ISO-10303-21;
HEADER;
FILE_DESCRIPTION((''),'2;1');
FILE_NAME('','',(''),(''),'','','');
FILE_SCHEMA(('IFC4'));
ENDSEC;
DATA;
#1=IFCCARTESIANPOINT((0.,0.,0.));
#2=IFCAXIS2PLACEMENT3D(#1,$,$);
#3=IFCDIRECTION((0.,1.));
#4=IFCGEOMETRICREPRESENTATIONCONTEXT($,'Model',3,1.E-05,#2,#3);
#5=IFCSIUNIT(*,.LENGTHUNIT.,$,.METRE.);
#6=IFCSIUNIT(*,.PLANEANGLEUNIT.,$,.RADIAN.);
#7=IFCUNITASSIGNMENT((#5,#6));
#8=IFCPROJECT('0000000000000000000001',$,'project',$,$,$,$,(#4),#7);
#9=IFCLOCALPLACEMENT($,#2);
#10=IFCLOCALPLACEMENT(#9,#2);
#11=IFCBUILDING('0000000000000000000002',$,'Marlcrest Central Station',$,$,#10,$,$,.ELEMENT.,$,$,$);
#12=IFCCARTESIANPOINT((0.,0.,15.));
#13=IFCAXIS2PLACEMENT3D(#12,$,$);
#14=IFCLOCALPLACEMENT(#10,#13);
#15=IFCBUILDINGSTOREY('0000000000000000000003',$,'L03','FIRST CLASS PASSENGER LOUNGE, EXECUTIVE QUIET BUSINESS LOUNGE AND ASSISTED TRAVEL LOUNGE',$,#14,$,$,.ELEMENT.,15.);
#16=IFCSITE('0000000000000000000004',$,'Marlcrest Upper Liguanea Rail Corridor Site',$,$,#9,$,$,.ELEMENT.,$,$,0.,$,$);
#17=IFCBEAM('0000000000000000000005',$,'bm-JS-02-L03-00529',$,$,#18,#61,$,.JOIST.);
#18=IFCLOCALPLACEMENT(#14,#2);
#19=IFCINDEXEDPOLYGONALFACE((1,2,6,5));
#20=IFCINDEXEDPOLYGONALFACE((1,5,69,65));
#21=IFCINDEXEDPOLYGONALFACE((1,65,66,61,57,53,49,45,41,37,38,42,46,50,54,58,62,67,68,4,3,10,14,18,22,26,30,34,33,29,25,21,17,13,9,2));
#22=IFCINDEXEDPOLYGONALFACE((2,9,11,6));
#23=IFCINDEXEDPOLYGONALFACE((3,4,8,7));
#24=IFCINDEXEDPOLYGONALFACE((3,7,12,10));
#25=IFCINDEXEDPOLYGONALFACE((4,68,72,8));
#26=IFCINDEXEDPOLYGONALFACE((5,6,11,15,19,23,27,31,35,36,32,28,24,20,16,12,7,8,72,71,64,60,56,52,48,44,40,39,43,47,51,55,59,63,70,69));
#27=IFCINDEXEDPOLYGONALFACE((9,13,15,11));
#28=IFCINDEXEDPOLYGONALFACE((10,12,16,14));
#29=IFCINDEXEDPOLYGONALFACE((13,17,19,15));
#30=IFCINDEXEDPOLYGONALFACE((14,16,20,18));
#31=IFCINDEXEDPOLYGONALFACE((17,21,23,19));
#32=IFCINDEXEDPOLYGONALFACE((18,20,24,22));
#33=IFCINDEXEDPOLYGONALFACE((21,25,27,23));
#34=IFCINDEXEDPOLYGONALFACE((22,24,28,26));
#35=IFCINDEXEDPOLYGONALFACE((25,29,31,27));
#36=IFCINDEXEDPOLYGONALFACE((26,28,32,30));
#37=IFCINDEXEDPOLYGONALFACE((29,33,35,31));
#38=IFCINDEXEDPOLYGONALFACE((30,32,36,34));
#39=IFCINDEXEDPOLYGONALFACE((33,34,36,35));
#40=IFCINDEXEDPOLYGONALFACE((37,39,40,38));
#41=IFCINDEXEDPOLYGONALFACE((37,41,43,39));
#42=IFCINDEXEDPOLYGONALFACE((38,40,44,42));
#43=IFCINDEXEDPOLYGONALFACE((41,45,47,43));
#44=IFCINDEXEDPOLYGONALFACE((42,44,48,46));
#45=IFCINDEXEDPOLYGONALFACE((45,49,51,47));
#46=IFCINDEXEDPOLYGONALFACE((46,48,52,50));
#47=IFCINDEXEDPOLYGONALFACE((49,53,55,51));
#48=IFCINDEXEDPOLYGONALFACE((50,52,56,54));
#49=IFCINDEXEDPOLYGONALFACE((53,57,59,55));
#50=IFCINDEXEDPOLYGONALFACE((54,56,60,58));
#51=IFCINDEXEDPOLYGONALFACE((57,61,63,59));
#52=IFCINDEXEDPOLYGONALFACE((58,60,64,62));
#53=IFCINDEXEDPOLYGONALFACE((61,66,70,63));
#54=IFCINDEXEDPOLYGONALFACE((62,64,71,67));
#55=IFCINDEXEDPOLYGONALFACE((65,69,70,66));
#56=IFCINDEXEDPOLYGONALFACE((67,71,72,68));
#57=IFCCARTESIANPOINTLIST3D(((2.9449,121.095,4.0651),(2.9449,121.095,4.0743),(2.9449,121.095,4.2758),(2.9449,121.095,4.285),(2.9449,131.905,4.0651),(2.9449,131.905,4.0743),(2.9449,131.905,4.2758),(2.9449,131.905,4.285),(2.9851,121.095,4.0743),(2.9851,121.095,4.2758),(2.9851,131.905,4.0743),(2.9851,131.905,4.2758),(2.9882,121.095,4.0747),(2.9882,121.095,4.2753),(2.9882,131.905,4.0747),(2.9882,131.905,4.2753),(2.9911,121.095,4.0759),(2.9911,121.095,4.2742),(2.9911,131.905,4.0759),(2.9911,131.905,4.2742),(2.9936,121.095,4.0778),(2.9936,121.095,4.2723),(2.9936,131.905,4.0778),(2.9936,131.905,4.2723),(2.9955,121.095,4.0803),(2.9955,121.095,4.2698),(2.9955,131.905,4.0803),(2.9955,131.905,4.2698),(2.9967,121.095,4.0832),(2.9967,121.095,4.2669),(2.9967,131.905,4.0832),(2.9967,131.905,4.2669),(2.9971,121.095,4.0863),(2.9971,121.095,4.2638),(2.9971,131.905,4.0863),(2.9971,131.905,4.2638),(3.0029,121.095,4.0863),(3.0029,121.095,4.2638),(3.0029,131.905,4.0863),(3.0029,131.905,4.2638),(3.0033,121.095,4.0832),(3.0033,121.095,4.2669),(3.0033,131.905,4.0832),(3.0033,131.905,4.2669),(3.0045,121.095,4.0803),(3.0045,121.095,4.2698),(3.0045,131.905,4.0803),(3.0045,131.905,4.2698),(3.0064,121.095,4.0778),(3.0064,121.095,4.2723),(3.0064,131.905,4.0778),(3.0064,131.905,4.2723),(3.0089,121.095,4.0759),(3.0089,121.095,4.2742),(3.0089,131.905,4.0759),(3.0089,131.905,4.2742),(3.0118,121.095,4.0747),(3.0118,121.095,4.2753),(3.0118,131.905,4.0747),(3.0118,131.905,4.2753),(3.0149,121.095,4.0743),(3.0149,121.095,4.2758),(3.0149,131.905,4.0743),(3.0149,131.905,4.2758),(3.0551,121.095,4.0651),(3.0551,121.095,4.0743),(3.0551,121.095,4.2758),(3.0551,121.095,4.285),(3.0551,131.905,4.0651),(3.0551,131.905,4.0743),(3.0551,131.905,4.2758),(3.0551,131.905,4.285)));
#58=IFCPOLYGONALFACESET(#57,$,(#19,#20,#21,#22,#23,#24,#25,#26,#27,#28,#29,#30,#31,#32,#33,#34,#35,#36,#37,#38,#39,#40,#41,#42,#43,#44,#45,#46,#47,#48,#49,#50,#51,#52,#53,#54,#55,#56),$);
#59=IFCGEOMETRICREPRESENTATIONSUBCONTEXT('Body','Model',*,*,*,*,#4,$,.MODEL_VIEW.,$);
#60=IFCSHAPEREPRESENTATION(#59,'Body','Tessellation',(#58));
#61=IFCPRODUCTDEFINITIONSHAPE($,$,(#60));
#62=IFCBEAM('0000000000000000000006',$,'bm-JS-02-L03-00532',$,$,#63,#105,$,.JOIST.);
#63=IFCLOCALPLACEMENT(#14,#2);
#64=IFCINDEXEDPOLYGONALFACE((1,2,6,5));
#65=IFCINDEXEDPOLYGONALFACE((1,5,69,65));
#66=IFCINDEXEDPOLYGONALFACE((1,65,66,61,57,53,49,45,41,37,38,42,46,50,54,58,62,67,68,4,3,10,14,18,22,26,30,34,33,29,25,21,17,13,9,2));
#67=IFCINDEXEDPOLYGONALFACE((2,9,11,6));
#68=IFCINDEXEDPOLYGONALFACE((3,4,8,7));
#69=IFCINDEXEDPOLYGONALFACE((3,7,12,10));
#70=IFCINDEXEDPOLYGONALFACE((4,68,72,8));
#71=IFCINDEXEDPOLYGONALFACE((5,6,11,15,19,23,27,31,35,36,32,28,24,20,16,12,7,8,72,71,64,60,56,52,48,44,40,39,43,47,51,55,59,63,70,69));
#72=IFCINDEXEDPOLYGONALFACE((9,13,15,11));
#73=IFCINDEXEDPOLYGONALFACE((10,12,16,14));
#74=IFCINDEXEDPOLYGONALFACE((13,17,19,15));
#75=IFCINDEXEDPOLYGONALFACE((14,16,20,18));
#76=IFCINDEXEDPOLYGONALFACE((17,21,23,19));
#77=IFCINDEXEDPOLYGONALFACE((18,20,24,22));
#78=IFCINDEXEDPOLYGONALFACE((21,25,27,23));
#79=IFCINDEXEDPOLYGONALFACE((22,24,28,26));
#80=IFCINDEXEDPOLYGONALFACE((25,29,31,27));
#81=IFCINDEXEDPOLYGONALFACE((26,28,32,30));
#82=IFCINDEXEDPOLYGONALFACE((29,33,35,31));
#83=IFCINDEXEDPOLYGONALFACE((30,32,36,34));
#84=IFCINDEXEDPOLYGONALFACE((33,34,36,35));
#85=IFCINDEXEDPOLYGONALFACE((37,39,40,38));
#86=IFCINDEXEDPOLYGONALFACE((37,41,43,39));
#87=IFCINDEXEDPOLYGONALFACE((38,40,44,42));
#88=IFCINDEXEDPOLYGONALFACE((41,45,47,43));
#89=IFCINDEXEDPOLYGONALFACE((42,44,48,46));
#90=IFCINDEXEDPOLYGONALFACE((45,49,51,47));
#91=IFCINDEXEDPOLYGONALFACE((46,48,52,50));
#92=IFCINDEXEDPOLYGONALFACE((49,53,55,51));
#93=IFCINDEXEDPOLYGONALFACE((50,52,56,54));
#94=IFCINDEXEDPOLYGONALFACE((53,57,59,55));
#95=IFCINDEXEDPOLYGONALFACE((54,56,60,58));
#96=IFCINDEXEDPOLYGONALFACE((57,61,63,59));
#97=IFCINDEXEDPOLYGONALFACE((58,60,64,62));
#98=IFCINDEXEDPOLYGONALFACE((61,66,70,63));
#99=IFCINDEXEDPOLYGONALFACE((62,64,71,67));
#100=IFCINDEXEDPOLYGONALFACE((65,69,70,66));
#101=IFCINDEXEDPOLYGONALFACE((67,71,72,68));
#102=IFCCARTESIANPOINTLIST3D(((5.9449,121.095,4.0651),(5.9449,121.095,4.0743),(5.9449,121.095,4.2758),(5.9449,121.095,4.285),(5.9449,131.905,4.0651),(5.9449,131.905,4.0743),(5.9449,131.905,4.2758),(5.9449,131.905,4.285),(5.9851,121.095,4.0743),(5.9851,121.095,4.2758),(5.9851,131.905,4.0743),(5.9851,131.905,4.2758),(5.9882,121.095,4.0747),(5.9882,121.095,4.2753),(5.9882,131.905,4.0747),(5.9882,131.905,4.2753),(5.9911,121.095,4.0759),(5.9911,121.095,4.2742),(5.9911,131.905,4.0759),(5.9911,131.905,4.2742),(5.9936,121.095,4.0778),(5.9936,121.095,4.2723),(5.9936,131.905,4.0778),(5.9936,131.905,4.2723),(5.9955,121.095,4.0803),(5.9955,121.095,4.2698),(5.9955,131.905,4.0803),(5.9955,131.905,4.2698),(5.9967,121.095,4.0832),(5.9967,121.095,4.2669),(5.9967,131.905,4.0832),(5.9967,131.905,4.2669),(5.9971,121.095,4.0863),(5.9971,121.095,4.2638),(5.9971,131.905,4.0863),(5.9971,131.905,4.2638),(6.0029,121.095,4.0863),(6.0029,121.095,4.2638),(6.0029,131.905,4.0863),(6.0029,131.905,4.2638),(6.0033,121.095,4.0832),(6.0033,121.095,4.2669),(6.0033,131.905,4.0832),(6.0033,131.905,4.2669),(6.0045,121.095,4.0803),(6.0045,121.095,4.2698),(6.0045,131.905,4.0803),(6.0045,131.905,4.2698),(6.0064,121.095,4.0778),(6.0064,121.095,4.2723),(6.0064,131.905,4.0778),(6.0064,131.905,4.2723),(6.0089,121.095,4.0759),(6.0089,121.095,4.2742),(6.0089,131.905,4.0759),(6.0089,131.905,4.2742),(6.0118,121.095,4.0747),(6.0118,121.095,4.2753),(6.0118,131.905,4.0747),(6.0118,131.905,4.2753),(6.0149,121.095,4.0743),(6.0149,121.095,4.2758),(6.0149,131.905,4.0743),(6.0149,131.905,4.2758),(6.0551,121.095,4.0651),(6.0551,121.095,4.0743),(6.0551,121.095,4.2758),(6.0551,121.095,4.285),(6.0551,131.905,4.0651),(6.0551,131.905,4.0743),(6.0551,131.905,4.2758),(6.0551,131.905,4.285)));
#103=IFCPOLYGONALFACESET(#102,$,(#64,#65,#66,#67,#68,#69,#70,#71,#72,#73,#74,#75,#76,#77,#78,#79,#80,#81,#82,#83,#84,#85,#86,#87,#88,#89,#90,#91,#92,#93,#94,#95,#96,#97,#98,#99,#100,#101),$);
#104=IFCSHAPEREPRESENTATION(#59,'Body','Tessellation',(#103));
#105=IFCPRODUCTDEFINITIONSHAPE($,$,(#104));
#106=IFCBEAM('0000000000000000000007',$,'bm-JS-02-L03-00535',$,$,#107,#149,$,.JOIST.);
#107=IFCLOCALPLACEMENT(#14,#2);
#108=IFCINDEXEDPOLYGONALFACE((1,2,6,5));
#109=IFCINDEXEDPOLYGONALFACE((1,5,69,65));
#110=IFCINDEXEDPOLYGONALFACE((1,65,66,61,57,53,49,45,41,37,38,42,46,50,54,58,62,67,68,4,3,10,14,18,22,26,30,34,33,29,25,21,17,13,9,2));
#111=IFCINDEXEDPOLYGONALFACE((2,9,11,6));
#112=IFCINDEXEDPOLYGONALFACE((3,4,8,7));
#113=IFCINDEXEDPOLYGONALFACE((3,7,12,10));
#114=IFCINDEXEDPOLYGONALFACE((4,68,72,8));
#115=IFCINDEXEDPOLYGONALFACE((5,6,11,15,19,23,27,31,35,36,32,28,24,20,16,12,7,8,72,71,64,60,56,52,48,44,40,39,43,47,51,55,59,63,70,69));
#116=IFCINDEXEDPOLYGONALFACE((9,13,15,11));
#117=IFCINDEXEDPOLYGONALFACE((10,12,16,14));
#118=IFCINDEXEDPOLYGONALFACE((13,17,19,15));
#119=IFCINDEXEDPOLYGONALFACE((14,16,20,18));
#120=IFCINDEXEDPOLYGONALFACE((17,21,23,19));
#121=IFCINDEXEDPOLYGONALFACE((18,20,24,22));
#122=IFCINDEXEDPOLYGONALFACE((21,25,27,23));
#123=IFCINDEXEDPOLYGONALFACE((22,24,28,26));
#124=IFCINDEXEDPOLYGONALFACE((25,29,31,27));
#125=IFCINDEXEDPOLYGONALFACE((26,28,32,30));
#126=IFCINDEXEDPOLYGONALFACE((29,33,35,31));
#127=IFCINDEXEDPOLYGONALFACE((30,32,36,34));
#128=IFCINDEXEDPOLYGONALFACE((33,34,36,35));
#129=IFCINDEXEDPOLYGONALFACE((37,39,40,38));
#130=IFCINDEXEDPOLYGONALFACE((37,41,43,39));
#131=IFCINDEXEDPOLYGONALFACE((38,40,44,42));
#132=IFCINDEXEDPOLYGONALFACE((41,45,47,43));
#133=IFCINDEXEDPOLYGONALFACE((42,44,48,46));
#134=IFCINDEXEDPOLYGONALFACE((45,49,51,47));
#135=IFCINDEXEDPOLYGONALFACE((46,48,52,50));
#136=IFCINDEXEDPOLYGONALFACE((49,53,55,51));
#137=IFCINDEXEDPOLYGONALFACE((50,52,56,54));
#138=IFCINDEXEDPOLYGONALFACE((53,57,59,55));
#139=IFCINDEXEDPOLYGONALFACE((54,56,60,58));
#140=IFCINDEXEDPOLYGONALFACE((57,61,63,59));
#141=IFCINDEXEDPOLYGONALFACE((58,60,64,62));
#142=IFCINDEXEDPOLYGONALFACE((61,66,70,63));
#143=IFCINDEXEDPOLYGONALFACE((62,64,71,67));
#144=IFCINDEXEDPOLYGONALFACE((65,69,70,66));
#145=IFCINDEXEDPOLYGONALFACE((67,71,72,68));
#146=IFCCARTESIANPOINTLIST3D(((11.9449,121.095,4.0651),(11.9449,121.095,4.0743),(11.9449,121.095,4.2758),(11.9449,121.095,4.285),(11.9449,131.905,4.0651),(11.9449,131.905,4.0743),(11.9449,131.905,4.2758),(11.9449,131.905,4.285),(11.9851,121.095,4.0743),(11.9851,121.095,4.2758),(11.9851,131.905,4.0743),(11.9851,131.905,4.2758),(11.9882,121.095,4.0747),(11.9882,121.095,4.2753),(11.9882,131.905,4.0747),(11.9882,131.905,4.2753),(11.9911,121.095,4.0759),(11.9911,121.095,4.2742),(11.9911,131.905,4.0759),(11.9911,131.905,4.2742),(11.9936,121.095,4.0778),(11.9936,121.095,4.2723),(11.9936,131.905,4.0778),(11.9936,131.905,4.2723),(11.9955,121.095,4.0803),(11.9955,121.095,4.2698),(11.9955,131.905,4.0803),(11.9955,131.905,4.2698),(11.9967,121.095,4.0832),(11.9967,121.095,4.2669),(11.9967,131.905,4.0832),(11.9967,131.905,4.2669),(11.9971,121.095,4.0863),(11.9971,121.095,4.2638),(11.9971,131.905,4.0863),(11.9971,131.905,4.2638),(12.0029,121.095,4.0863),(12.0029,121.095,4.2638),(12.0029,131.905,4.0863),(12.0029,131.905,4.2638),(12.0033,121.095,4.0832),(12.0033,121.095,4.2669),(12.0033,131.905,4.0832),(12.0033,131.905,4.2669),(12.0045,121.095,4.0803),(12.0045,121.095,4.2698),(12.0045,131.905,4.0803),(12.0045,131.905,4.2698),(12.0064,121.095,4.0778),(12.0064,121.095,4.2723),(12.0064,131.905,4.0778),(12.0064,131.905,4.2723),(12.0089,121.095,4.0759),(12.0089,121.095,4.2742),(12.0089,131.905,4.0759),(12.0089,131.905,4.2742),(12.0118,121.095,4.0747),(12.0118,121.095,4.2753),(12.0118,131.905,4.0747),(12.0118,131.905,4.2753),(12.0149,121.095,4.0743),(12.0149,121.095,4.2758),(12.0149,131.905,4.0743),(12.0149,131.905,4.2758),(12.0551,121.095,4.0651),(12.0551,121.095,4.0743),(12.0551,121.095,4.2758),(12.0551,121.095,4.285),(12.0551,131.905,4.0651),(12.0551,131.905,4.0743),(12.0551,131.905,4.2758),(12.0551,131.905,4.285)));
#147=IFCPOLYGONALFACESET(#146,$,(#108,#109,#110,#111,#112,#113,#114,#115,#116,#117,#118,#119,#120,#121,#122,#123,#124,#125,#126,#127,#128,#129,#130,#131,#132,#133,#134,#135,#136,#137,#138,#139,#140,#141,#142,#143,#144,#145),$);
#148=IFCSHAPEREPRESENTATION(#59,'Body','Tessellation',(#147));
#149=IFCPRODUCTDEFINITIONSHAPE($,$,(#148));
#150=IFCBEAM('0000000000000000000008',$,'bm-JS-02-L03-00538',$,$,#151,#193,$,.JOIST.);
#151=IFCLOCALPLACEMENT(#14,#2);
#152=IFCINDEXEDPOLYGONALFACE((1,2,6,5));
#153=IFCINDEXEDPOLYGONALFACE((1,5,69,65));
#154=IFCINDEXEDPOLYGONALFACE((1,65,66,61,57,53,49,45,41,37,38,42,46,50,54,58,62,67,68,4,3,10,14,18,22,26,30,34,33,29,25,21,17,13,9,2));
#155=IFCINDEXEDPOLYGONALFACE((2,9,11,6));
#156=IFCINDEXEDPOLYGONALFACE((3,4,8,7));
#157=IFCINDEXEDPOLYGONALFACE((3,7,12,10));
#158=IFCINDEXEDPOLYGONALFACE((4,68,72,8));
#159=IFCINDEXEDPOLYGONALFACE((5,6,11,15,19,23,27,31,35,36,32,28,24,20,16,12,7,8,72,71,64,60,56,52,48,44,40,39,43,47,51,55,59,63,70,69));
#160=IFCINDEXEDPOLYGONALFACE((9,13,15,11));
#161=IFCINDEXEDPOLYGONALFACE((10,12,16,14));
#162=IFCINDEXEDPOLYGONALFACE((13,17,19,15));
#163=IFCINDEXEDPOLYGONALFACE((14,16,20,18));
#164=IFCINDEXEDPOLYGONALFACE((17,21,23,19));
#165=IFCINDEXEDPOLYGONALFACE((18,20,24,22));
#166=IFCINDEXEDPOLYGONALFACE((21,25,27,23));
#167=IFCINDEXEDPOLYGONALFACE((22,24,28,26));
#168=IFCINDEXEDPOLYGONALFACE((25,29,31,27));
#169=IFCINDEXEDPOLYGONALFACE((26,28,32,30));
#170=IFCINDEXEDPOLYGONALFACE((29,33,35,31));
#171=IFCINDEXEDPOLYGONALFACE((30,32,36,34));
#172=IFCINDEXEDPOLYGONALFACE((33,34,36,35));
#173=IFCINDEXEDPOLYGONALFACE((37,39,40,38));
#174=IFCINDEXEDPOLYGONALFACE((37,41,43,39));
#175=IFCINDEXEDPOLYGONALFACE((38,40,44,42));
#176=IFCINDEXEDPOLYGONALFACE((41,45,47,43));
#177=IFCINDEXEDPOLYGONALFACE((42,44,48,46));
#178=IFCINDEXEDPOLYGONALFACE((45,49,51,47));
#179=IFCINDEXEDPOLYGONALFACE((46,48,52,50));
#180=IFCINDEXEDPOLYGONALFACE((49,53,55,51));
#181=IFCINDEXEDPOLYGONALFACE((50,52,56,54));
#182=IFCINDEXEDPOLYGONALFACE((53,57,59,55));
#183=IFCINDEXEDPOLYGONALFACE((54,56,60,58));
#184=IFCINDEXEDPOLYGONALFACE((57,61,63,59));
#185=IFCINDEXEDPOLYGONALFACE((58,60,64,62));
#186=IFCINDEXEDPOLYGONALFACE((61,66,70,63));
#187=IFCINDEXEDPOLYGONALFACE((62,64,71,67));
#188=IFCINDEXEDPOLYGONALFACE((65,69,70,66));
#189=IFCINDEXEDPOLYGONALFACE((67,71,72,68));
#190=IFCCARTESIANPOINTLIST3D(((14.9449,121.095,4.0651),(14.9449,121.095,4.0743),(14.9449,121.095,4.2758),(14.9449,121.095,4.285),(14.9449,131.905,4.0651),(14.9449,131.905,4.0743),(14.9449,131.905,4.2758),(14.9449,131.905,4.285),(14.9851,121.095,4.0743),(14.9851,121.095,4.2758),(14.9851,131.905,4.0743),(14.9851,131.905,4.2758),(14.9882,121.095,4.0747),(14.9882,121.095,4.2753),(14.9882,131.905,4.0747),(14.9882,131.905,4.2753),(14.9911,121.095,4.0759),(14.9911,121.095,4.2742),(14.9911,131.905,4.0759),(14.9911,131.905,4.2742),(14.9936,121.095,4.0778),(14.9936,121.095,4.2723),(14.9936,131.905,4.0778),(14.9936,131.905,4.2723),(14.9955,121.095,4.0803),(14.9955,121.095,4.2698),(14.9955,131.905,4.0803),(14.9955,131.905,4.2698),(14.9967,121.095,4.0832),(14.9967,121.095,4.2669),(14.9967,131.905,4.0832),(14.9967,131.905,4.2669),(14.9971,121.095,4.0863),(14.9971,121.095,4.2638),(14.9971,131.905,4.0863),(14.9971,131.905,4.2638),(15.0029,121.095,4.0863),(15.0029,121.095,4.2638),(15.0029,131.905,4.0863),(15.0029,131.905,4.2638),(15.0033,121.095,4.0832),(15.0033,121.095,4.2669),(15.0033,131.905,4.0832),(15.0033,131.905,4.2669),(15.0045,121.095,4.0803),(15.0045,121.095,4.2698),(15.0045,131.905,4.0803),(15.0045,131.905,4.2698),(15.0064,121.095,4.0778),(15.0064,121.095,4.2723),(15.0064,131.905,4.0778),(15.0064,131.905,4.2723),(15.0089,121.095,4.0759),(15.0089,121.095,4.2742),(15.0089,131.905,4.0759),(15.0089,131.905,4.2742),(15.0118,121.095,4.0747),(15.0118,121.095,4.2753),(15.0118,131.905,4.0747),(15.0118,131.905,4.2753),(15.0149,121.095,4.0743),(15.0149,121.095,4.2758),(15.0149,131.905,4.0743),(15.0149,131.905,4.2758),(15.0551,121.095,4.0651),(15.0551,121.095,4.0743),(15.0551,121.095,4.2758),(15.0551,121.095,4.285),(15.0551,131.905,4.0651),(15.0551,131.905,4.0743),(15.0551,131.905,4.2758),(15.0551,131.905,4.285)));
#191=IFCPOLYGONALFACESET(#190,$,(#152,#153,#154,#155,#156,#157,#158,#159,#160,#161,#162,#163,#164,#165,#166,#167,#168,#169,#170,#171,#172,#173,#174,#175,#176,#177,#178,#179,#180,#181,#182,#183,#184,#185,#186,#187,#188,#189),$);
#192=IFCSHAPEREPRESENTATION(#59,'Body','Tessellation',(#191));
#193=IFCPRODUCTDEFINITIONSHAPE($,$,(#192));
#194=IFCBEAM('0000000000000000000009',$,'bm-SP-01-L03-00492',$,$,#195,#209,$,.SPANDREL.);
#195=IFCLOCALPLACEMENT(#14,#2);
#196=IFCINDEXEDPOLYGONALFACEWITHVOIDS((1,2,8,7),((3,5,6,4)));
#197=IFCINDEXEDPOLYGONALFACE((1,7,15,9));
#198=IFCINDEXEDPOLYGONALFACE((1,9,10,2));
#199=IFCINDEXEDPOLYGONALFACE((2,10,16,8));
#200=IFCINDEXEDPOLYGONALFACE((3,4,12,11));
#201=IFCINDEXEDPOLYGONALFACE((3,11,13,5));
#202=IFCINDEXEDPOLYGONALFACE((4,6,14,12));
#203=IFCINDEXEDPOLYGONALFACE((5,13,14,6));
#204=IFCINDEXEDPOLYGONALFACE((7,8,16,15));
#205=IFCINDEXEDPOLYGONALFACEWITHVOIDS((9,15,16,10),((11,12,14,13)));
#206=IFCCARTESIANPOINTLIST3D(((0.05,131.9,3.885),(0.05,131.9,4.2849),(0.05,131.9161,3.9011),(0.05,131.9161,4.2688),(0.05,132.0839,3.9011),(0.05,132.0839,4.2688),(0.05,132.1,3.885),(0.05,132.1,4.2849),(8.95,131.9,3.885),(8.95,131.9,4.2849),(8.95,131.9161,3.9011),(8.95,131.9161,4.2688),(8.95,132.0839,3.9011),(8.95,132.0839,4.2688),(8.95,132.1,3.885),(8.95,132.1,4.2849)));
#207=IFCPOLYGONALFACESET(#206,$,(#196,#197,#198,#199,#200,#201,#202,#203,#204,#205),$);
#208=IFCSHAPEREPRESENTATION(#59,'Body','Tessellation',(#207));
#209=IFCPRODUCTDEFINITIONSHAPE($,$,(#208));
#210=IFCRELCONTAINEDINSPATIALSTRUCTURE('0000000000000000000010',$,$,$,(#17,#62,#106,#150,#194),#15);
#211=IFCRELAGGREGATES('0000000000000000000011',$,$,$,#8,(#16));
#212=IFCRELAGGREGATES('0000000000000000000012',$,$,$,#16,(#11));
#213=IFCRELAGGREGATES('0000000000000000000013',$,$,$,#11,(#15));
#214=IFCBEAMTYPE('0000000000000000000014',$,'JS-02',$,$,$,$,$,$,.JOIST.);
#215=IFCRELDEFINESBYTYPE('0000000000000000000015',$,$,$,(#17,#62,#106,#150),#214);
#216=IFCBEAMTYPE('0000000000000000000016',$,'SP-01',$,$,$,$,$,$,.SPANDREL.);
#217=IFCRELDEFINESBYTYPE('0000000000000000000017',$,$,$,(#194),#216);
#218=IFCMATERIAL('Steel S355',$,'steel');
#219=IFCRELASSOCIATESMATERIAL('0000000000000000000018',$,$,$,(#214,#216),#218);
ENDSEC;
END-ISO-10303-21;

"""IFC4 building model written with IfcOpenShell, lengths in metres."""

from ifc_helpers import new_model, si_unit, direction, frame, origin, origin_2d, place, context, subcontext, project, spatial, hollow_rectangle, i_section, extrude, material, material_profile, profile_set, type_object, element, save


model = new_model("IFC4")

# Units and contexts
model_context = context("Model", 3, precision=1e-05, world=origin(), true_north=direction((0.0, 1.0)))
body_context = subcontext(model_context, "Body", "Model", "MODEL_VIEW")
ifc_project = project(units=[si_unit("LENGTHUNIT", "METRE"), si_unit("PLANEANGLEUNIT", "RADIAN")], contexts=[model_context])

# Site, building, storey
site_placement = place(None, origin())
site = spatial("IfcSite", under=ifc_project, at=site_placement, Name="Marlcrest Upper Liguanea Rail Corridor Site", CompositionType="ELEMENT", RefElevation=0.0)
building_placement = place(site_placement, origin())
building = spatial("IfcBuilding", under=site, at=building_placement, Name="Marlcrest Central Station", CompositionType="ELEMENT")
storey_placement = place(building_placement, frame((0.0, 0.0, 15.0)))
storey = spatial("IfcBuildingStorey", under=building, at=storey_placement, Name="L03", Description="FIRST CLASS PASSENGER LOUNGE, EXECUTIVE QUIET BUSINESS LOUNGE AND ASSISTED TRAVEL LOUNGE", CompositionType="ELEMENT", Elevation=15.0)

# Shared definitions
ifc_material_1 = material(Name="Steel S355", Category="steel")

# Beams
ifc_material_profile_1 = material_profile(ifc_material_1, i_section(OverallWidth=0.1101, OverallDepth=0.22, WebThickness=0.0059, FlangeThickness=0.0093, FilletRadius=0.012, at=origin_2d()), Name="IPE 220")
ifc_profile_set_1 = profile_set([ifc_material_profile_1], Name="Steel S355")
beam_type_1 = type_object("IfcBeamType", Name="JS-02", PredefinedType="JOIST", material=ifc_profile_set_1)
for number, where, z_axis, x_axis, name in (
    (1, (3.0, 121.095, 4.175), (0.0, 1.0, 0.0), (-1.0, 0.0, 0.0), "bm-JS-02-L03-00529"),
    (2, (6.0, 121.095, 4.175), (0.0, 1.0, 0.0), (-1.0, 0.0, 0.0), "bm-JS-02-L03-00532"),
    (3, (12.0, 121.095, 4.175), (0.0, 1.0, 0.0), (-1.0, 0.0, 0.0), "bm-JS-02-L03-00535"),
    (4, (15.0, 121.095, 4.175), (0.0, 1.0, 0.0), (-1.0, 0.0, 0.0), "bm-JS-02-L03-00538"),
):
    element("IfcBeam", number, at=place(storey_placement, frame(where, z_axis=z_axis, x_axis=x_axis)), inside=storey, type_object=beam_type_1, Name=name, PredefinedType="JOIST", context=body_context, shape_type="SweptSolid", body=[
        extrude(i_section(OverallWidth=0.1101, OverallDepth=0.22, WebThickness=0.0059, FlangeThickness=0.0093, FilletRadius=0.012, at=origin_2d()), origin(), (0.0, 0.0, 1.0), 10.8101),
    ])
ifc_material_profile_2 = material_profile(ifc_material_1, hollow_rectangle(XDim=0.2, YDim=0.3999, WallThickness=0.0161, at=origin_2d()), Name="RHS 400x200x16")
ifc_profile_set_2 = profile_set([ifc_material_profile_2], Name="Steel S355")
beam_type_2 = type_object("IfcBeamType", Name="SP-01", PredefinedType="SPANDREL", material=ifc_profile_set_2)
for number, where, z_axis, x_axis, name in (
    (5, (0.05, 132.0, 4.085), (1.0, 0.0, 0.0), (0.0, 1.0, 0.0), "bm-SP-01-L03-00492"),
):
    element("IfcBeam", number, at=place(storey_placement, frame(where, z_axis=z_axis, x_axis=x_axis)), inside=storey, type_object=beam_type_2, Name=name, PredefinedType="SPANDREL", context=body_context, shape_type="SweptSolid", body=[
        extrude(hollow_rectangle(XDim=0.2, YDim=0.3999, WallThickness=0.0161, at=origin_2d()), origin(), (0.0, 0.0, 1.0), 8.8999),
    ])

save(model, "model.ifc")
